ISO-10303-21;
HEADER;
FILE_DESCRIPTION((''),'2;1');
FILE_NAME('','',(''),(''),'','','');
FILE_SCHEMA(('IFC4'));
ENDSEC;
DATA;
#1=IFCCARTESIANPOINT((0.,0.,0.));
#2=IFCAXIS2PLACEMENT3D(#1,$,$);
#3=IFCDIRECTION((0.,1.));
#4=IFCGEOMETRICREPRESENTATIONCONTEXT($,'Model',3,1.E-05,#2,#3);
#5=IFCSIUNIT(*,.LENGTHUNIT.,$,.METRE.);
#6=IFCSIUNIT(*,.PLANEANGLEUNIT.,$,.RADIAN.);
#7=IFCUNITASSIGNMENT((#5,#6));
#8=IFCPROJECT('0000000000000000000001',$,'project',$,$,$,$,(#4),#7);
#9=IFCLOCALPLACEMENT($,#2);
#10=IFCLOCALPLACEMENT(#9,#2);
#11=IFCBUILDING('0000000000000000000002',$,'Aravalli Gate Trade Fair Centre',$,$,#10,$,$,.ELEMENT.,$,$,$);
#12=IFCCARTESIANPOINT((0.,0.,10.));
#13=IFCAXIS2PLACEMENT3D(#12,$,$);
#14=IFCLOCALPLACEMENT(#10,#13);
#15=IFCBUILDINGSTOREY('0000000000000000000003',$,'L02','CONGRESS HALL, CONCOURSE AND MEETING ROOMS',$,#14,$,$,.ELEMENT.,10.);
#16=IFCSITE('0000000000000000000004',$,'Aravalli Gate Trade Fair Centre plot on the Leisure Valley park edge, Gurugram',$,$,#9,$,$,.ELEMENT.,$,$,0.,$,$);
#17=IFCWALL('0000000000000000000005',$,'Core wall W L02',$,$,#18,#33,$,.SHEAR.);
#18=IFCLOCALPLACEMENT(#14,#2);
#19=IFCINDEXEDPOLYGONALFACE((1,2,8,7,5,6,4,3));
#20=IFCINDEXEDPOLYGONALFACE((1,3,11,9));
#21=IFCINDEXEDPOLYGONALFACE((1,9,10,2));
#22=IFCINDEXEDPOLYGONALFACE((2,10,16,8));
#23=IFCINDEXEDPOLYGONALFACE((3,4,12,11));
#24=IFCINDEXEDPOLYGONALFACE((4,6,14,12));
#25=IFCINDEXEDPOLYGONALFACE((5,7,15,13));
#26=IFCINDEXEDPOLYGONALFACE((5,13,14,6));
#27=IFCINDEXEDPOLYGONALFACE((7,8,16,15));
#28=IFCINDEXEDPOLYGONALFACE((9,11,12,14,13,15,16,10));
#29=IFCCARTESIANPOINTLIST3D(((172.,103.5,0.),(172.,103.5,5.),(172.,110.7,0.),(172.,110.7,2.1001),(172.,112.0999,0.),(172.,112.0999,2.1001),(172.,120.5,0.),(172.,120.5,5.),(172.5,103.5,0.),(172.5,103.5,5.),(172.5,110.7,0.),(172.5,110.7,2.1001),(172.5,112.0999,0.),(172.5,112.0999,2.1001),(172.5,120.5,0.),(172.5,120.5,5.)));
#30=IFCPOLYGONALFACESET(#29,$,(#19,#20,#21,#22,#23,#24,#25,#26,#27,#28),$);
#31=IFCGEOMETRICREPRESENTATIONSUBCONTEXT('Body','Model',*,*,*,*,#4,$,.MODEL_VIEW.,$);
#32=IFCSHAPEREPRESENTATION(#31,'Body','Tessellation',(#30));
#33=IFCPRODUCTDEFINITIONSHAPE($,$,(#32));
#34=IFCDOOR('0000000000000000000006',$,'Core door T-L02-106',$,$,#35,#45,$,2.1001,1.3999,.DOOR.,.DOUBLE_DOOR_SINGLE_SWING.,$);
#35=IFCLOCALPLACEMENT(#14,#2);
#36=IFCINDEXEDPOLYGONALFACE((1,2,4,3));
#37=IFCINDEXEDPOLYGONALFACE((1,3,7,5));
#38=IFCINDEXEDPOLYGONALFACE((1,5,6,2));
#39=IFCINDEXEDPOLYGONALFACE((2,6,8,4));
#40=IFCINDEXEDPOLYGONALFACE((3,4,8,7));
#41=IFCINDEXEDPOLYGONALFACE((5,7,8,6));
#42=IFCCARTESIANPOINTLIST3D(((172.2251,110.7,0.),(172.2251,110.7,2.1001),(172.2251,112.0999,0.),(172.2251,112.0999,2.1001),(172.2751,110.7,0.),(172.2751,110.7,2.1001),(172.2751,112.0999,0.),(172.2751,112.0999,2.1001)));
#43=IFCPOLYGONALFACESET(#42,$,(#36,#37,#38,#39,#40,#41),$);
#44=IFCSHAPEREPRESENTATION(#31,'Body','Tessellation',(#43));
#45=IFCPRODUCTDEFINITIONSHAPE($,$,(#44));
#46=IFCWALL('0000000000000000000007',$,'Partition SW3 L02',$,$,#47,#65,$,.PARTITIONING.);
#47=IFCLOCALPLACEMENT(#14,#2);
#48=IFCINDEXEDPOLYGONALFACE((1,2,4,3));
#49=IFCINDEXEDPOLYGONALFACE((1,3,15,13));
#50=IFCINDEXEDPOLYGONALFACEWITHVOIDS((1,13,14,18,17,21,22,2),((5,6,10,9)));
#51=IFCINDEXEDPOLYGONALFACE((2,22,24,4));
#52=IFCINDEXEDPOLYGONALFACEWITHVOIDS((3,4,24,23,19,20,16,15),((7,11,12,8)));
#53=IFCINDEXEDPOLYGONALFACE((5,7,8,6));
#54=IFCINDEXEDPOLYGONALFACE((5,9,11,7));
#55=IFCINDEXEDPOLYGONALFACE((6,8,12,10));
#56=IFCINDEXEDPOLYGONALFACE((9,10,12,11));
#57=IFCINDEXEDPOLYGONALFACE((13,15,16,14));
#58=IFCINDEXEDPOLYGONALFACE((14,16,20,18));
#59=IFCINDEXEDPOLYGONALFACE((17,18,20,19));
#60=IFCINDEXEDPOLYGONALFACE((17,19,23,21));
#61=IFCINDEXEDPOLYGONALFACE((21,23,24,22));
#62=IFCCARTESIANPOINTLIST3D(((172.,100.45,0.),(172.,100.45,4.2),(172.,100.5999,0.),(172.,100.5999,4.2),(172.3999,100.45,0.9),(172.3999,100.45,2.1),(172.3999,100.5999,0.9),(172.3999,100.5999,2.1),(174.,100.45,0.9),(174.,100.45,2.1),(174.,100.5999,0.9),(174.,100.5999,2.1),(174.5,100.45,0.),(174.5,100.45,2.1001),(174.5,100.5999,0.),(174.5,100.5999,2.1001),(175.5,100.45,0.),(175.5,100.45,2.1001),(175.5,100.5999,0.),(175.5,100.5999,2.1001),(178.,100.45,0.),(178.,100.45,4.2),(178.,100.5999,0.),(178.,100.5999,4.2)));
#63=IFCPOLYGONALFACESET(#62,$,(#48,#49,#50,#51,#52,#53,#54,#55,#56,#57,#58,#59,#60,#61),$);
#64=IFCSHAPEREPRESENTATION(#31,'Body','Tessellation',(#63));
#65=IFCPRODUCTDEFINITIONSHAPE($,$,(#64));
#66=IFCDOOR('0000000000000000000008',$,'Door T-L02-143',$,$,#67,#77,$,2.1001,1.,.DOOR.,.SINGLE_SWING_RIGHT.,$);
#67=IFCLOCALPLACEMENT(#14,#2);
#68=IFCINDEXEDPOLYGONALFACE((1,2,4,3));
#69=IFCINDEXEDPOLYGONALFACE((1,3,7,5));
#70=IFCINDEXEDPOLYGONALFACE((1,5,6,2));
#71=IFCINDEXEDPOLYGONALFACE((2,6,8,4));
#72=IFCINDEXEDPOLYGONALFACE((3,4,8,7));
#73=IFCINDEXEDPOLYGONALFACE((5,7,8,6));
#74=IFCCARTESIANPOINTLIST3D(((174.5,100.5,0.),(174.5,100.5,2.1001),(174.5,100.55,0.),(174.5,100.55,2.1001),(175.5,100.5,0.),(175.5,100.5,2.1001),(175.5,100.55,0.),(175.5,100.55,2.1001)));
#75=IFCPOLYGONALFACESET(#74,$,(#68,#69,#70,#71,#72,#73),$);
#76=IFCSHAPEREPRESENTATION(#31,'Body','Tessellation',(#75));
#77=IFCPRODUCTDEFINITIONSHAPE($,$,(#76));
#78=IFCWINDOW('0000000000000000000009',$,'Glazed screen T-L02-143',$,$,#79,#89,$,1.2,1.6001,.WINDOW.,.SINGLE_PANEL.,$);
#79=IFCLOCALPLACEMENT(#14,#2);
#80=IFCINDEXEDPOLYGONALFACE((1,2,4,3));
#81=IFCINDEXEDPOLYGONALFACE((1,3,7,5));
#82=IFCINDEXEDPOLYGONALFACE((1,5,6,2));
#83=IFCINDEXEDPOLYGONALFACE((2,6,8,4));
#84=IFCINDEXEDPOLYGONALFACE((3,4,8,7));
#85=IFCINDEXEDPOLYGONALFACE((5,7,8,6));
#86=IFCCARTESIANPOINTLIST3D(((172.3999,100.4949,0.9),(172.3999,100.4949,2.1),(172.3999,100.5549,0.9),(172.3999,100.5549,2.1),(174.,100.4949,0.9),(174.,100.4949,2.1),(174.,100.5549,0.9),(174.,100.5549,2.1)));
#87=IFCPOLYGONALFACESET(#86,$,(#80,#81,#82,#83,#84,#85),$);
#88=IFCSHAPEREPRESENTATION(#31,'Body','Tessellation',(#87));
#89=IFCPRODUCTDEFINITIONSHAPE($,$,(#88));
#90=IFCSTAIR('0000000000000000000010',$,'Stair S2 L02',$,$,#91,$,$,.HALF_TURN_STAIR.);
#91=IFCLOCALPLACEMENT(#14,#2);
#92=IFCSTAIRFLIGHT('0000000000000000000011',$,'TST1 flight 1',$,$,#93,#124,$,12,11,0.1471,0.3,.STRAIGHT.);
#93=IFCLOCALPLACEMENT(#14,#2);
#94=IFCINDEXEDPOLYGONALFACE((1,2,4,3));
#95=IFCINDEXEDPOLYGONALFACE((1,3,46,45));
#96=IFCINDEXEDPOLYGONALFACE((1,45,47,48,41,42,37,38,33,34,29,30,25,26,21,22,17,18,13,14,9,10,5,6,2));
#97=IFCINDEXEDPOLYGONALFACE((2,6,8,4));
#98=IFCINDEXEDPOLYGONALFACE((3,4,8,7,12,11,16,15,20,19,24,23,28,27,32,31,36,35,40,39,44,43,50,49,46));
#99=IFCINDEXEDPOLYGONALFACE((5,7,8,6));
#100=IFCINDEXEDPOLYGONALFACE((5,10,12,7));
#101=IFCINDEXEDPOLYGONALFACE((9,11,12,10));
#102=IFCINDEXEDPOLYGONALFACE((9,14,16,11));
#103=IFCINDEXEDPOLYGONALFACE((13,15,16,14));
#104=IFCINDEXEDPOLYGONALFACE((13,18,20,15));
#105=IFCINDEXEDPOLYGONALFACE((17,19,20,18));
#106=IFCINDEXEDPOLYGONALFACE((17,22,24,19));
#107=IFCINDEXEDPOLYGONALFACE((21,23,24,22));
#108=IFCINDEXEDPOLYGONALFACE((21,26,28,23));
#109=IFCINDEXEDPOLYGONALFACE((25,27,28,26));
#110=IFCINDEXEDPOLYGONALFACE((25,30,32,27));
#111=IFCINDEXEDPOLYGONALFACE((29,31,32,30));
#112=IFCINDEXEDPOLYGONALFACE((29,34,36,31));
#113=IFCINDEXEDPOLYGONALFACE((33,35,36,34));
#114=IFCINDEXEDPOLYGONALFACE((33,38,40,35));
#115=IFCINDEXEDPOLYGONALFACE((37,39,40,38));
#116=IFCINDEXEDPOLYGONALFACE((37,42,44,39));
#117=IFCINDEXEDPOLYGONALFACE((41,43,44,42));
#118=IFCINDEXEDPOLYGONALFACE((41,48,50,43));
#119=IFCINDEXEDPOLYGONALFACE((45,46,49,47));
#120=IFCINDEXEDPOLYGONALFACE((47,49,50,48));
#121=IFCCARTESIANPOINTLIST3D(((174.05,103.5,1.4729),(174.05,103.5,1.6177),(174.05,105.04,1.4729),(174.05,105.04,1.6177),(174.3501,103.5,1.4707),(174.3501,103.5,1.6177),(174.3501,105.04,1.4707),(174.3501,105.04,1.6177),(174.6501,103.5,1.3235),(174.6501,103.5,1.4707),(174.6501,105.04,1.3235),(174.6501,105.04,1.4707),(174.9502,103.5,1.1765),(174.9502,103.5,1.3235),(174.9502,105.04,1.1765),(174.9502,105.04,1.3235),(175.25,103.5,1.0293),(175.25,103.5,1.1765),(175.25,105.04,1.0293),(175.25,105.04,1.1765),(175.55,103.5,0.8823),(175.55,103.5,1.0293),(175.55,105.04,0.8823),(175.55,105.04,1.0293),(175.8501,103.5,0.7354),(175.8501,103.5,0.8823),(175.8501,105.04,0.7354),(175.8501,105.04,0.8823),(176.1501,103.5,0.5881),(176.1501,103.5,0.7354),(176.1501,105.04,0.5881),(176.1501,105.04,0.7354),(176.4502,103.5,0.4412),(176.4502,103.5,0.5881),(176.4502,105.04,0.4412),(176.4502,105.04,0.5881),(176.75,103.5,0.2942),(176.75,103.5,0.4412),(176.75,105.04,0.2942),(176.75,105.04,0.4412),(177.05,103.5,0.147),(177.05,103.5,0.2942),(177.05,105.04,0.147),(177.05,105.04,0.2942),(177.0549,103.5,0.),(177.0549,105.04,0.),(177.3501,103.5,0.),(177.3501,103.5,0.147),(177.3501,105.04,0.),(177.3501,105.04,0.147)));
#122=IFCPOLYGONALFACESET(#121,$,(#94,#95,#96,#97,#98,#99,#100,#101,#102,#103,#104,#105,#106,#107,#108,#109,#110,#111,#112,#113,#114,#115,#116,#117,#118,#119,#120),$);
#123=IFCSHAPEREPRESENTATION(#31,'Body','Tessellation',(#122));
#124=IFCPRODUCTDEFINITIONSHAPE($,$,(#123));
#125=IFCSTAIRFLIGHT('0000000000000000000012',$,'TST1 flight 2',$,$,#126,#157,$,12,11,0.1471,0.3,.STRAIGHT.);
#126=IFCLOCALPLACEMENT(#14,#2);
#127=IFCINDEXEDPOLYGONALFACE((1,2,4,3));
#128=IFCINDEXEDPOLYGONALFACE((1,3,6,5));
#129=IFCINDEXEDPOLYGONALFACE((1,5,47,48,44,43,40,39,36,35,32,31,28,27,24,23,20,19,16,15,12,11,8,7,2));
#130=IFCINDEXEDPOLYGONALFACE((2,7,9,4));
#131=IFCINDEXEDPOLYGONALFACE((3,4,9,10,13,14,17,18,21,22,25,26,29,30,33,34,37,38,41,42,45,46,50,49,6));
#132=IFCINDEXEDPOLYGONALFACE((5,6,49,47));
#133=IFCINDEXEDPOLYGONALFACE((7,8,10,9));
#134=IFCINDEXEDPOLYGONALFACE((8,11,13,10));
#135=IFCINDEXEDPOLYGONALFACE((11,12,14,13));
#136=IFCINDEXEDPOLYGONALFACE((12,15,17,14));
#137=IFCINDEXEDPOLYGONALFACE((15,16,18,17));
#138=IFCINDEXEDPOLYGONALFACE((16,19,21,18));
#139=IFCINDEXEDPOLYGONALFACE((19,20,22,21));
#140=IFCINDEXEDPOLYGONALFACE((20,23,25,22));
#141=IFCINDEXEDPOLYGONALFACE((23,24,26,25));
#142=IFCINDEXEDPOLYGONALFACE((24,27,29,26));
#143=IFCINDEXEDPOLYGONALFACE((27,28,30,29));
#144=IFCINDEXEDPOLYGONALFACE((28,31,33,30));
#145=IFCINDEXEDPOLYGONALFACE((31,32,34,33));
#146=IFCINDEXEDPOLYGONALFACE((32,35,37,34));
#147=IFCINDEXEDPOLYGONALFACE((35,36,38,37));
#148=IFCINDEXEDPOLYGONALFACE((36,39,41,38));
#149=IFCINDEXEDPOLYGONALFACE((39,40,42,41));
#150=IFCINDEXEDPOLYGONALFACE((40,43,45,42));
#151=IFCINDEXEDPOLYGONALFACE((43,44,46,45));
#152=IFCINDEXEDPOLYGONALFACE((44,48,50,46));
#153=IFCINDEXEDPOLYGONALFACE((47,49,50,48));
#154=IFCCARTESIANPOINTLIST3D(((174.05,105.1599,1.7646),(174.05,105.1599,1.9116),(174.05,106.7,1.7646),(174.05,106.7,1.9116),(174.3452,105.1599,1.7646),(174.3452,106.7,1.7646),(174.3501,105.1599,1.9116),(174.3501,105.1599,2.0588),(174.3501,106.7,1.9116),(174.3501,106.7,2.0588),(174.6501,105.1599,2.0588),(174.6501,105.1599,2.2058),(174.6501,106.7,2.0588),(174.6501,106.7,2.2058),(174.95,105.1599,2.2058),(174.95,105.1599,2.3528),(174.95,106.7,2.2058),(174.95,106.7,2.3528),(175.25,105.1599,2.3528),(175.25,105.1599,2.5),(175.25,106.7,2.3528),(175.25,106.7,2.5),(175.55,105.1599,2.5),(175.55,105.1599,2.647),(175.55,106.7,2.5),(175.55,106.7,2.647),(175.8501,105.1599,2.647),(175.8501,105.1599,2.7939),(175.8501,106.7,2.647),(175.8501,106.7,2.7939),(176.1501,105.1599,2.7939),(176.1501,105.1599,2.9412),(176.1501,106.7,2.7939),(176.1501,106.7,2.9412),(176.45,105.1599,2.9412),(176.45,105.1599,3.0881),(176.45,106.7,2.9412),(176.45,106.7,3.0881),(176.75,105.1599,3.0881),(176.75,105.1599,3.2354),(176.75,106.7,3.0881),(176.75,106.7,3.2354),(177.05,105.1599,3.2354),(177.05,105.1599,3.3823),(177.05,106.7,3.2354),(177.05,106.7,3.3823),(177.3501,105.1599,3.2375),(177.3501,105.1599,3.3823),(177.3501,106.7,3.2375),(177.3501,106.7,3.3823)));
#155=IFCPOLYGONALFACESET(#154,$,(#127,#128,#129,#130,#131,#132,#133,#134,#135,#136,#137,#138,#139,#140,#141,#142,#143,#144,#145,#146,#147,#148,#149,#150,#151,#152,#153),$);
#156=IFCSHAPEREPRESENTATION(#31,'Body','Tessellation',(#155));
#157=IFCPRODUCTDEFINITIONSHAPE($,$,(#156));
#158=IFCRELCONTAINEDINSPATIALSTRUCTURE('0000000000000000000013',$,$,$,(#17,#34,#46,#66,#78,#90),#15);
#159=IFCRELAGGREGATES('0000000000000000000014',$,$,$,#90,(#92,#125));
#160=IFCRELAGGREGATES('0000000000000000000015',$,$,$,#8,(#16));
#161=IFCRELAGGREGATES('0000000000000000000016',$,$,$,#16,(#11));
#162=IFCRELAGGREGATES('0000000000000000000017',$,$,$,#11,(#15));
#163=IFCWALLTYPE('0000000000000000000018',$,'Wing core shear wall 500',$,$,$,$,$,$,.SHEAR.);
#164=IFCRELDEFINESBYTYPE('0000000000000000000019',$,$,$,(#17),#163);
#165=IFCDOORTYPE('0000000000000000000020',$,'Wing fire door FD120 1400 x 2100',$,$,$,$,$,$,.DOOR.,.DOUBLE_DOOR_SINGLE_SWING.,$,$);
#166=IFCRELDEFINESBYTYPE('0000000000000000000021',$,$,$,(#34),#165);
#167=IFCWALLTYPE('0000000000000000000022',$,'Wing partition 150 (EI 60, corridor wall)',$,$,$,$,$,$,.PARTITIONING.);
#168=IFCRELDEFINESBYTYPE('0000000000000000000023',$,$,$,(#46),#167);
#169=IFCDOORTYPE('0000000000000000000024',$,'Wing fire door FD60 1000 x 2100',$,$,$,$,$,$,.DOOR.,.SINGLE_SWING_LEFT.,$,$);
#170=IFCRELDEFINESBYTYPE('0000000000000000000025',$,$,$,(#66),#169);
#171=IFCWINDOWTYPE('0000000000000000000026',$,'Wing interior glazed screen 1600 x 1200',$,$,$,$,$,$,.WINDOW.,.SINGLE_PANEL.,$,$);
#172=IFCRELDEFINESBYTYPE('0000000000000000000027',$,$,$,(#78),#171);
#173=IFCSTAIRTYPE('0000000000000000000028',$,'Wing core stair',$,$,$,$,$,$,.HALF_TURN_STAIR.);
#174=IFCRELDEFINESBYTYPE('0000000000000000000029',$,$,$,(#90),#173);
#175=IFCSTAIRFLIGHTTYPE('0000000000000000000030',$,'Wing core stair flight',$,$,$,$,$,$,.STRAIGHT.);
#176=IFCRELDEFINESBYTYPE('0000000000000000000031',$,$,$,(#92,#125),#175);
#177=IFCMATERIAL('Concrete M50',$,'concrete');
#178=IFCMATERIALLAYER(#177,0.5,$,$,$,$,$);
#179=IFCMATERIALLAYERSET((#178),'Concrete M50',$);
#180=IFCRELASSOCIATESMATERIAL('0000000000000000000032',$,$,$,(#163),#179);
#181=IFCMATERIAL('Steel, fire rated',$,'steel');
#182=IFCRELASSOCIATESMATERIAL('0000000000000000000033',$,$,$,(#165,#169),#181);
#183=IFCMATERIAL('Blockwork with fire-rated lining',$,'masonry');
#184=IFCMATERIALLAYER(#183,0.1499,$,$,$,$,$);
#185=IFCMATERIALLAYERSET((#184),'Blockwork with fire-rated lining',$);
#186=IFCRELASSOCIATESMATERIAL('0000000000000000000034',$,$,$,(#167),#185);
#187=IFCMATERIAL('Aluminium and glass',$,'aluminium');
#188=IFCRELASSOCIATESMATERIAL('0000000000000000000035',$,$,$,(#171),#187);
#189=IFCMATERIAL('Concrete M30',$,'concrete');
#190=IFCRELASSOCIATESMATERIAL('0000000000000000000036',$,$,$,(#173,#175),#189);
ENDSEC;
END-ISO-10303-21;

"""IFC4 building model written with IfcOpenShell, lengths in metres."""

from ifc_helpers import new_model, si_unit, direction, frame, frame_2d, origin, place, context, subcontext, project, spatial, polyline, rectangle, outline, extrude, material, layer, layer_set, type_object, element, fill, aggregate, save


model = new_model("IFC4")

# Units and contexts
model_context = context("Model", 3, precision=1e-05, world=origin(), true_north=direction((0.0, 1.0)))
body_context = subcontext(model_context, "Body", "Model", "MODEL_VIEW")
ifc_project = project(units=[si_unit("LENGTHUNIT", "METRE"), si_unit("PLANEANGLEUNIT", "RADIAN")], contexts=[model_context])

# Site, building, storey
site_placement = place(None, origin())
site = spatial("IfcSite", under=ifc_project, at=site_placement, Name="Aravalli Gate Trade Fair Centre plot on the Leisure Valley park edge, Gurugram", CompositionType="ELEMENT", RefElevation=0.0)
building_placement = place(site_placement, origin())
building = spatial("IfcBuilding", under=site, at=building_placement, Name="Aravalli Gate Trade Fair Centre", CompositionType="ELEMENT")
storey_placement = place(building_placement, frame((0.0, 0.0, 10.0)))
storey = spatial("IfcBuildingStorey", under=building, at=storey_placement, Name="L02", Description="CONGRESS HALL, CONCOURSE AND MEETING ROOMS", CompositionType="ELEMENT", Elevation=10.0)

# Shared definitions
ifc_material_1 = material(Name="Concrete M50", Category="concrete")
ifc_layer_1 = layer(ifc_material_1, 0.5)
ifc_layer_set_1 = layer_set([ifc_layer_1], Name="Concrete M50")
wall_type_1 = type_object("IfcWallType", Name="Wing core shear wall 500", PredefinedType="SHEAR", material=ifc_layer_set_1)
ifc_material_2 = material(Name="Steel, fire rated", Category="steel")

# Wall, opening, door
wall_1_placement = place(storey_placement, frame((172.25, 103.5, 0.0), z_axis=(0.0, 0.0, 1.0), x_axis=(0.0, 1.0, 0.0)))
wall_1 = element("IfcWall", 1, at=wall_1_placement, inside=storey, type_object=wall_type_1, Name="Core wall W L02", PredefinedType="SHEAR", context=body_context, shape_type="SweptSolid", body=[
    extrude(rectangle(XDim=17.0, YDim=0.5, at=frame_2d((8.5, 0.0))), origin(), (0.0, 0.0, 1.0), 5.0),
])
opening_1_placement = place(wall_1_placement, frame((7.2, 0.0, 0.0)))
opening_1 = element("IfcOpeningElement", 2, at=opening_1_placement, cuts=wall_1, PredefinedType="OPENING", context=body_context, shape_type="SweptSolid", body=[
    extrude(rectangle(XDim=1.3999, YDim=2.1001, at=frame_2d((0.7, 1.05))), frame((0.0, 0.26, 0.0), z_axis=(0.0, -1.0, 0.0), x_axis=(1.0, 0.0, 0.0)), (0.0, 0.0, 1.0), 0.52),
])
door_type_1 = type_object("IfcDoorType", Name="Wing fire door FD120 1400 x 2100", OperationType="DOUBLE_DOOR_SINGLE_SWING", PredefinedType="DOOR", material=ifc_material_2)
door_1_placement = place(opening_1_placement, origin())
door_1 = element("IfcDoor", 3, at=door_1_placement, inside=storey, type_object=door_type_1, Name="Core door T-L02-106", OperationType="DOUBLE_DOOR_SINGLE_SWING", OverallHeight=2.1001, OverallWidth=1.3999, PredefinedType="DOOR", context=body_context, shape_type="SweptSolid", body=[
    extrude(rectangle(XDim=1.3999, YDim=2.1001, at=frame_2d((0.7, 1.05))), frame((0.0, 0.0249, 0.0), z_axis=(0.0, -1.0, 0.0), x_axis=(1.0, 0.0, 0.0)), (0.0, 0.0, 1.0), 0.05),
])
fill(opening_1, door_1)

# Wall, openings, door, window
ifc_material_3 = material(Name="Blockwork with fire-rated lining", Category="masonry")
ifc_layer_2 = layer(ifc_material_3, 0.1499)
ifc_layer_set_2 = layer_set([ifc_layer_2], Name="Blockwork with fire-rated lining")
wall_type_2 = type_object("IfcWallType", Name="Wing partition 150 (EI 60, corridor wall)", PredefinedType="PARTITIONING", material=ifc_layer_set_2)
wall_2_placement = place(storey_placement, frame((172.0, 100.5249, 0.0), z_axis=(0.0, 0.0, 1.0), x_axis=(1.0, 0.0, 0.0)))
wall_2 = element("IfcWall", 4, at=wall_2_placement, inside=storey, type_object=wall_type_2, Name="Partition SW3 L02", PredefinedType="PARTITIONING", context=body_context, shape_type="SweptSolid", body=[
    extrude(rectangle(XDim=6.0, YDim=0.1499, at=frame_2d((3.0, 0.0))), origin(), (0.0, 0.0, 1.0), 4.2),
])
opening_2_placement = place(wall_2_placement, frame((0.3999, 0.0, 0.8999)))
opening_2 = element("IfcOpeningElement", 5, at=opening_2_placement, cuts=wall_2, PredefinedType="OPENING", context=body_context, shape_type="SweptSolid", body=[
    extrude(rectangle(XDim=1.6001, YDim=1.2, at=frame_2d((0.8, 0.6001))), frame((0.0, 0.085, 0.0), z_axis=(0.0, -1.0, 0.0), x_axis=(1.0, 0.0, 0.0)), (0.0, 0.0, 1.0), 0.1699),
])
opening_3_placement = place(wall_2_placement, frame((2.5, 0.0, 0.0)))
opening_3 = element("IfcOpeningElement", 6, at=opening_3_placement, cuts=wall_2, PredefinedType="OPENING", context=body_context, shape_type="SweptSolid", body=[
    extrude(rectangle(XDim=1.0, YDim=2.1001, at=frame_2d((0.5, 1.05))), frame((0.0, 0.085, 0.0), z_axis=(0.0, -1.0, 0.0), x_axis=(1.0, 0.0, 0.0)), (0.0, 0.0, 1.0), 0.1699),
])
door_type_2 = type_object("IfcDoorType", Name="Wing fire door FD60 1000 x 2100", OperationType="SINGLE_SWING_LEFT", PredefinedType="DOOR", material=ifc_material_2)
door_2_placement = place(opening_3_placement, frame((1.0, 0.0, 0.0), z_axis=(0.0, 0.0, 1.0), x_axis=(-1.0, 0.0, 0.0)))
door_2 = element("IfcDoor", 7, at=door_2_placement, inside=storey, type_object=door_type_2, Name="Door T-L02-143", OperationType="SINGLE_SWING_RIGHT", OverallHeight=2.1001, OverallWidth=1.0, PredefinedType="DOOR", context=body_context, shape_type="SweptSolid", body=[
    extrude(rectangle(XDim=1.0, YDim=2.1001, at=frame_2d((0.5, 1.05))), frame((0.0, 0.0249, 0.0), z_axis=(0.0, -1.0, 0.0), x_axis=(1.0, 0.0, 0.0)), (0.0, 0.0, 1.0), 0.05),
])
fill(opening_3, door_2)
ifc_material_4 = material(Name="Aluminium and glass", Category="aluminium")
window_type = type_object("IfcWindowType", Name="Wing interior glazed screen 1600 x 1200", PartitioningType="SINGLE_PANEL", PredefinedType="WINDOW", material=ifc_material_4)
window_placement = place(opening_2_placement, origin())
window = element("IfcWindow", 8, at=window_placement, inside=storey, type_object=window_type, Name="Glazed screen T-L02-143", OverallHeight=1.2, OverallWidth=1.6001, PartitioningType="SINGLE_PANEL", PredefinedType="WINDOW", context=body_context, shape_type="SweptSolid", body=[
    extrude(rectangle(XDim=1.6001, YDim=1.2, at=frame_2d((0.8, 0.6001))), frame((0.0, 0.03, 0.0), z_axis=(0.0, -1.0, 0.0), x_axis=(1.0, 0.0, 0.0)), (0.0, 0.0, 1.0), 0.0601),
])
fill(opening_2, window)

# Stair, stair flights
ifc_material_5 = material(Name="Concrete M30", Category="concrete")
stair_type = type_object("IfcStairType", Name="Wing core stair", PredefinedType="HALF_TURN_STAIR", material=ifc_material_5)
stair_placement = place(storey_placement, origin())
stair = element("IfcStair", 9, at=stair_placement, inside=storey, type_object=stair_type, Name="Stair S2 L02", PredefinedType="HALF_TURN_STAIR")
stair_flight_type = type_object("IfcStairFlightType", Name="Wing core stair flight", PredefinedType="STRAIGHT", material=ifc_material_5)
stair_flight_1_placement = place(storey_placement, frame((177.3501, 104.27, 0.0), z_axis=(0.0, 0.0, 1.0), x_axis=(-1.0, 0.0, 0.0)))
stair_flight_1 = element("IfcStairFlight", 10, at=stair_flight_1_placement, type_object=stair_flight_type, Name="TST1 flight 1", NumberOfRisers=12, NumberOfTreads=11, PredefinedType="STRAIGHT", RiserHeight=0.1471, TreadLength=0.3, context=body_context, shape_type="SweptSolid", body=[
    extrude(outline(polyline([(0.0, 0.0), (0.0, 0.147), (0.3, 0.147), (0.3, 0.2942), (0.6001, 0.2942), (0.6001, 0.4412), (0.8999, 0.4412), (0.8999, 0.5881), (1.2, 0.5881), (1.2, 0.7354), (1.5, 0.7354), (1.5, 0.8823), (1.8, 0.8823), (1.8, 1.0293), (2.1001, 1.0293), (2.1001, 1.1765), (2.3999, 1.1765), (2.3999, 1.3235), (2.7, 1.3235), (2.7, 1.4707), (3.0, 1.4707), (3.0, 1.6177), (3.3, 1.6177), (3.3, 1.7646), (3.3, 1.4729), (0.2952, 0.0), (0.0, 0.0)])), frame((0.0, 0.77, 0.0), z_axis=(0.0, -1.0, 0.0), x_axis=(1.0, 0.0, 0.0)), (0.0, 0.0, 1.0), 1.54),
])
stair_flight_2_placement = place(storey_placement, frame((174.05, 105.9299, 1.7646), z_axis=(0.0, 0.0, 1.0), x_axis=(1.0, 0.0, 0.0)))
stair_flight_2 = element("IfcStairFlight", 11, at=stair_flight_2_placement, type_object=stair_flight_type, Name="TST1 flight 2", NumberOfRisers=12, NumberOfTreads=11, PredefinedType="STRAIGHT", RiserHeight=0.1471, TreadLength=0.3, context=body_context, shape_type="SweptSolid", body=[
    extrude(outline(polyline([(0.0, 0.0), (0.0, 0.147), (0.3, 0.147), (0.3, 0.2942), (0.6001, 0.2942), (0.6001, 0.4412), (0.8999, 0.4412), (0.8999, 0.5881), (1.2, 0.5881), (1.2, 0.7354), (1.5, 0.7354), (1.5, 0.8823), (1.8, 0.8823), (1.8, 1.0293), (2.1001, 1.0293), (2.1001, 1.1765), (2.3999, 1.1765), (2.3999, 1.3235), (2.7, 1.3235), (2.7, 1.4707), (3.0, 1.4707), (3.0, 1.6177), (3.3, 1.6177), (3.3, 1.7646), (3.3, 1.4729), (0.2952, 0.0), (0.0, 0.0)])), frame((0.0, 0.77, 0.0), z_axis=(0.0, -1.0, 0.0), x_axis=(1.0, 0.0, 0.0)), (0.0, 0.0, 1.0), 1.54),
])
aggregate(stair, [stair_flight_1, stair_flight_2])

save(model, "model.ifc")
